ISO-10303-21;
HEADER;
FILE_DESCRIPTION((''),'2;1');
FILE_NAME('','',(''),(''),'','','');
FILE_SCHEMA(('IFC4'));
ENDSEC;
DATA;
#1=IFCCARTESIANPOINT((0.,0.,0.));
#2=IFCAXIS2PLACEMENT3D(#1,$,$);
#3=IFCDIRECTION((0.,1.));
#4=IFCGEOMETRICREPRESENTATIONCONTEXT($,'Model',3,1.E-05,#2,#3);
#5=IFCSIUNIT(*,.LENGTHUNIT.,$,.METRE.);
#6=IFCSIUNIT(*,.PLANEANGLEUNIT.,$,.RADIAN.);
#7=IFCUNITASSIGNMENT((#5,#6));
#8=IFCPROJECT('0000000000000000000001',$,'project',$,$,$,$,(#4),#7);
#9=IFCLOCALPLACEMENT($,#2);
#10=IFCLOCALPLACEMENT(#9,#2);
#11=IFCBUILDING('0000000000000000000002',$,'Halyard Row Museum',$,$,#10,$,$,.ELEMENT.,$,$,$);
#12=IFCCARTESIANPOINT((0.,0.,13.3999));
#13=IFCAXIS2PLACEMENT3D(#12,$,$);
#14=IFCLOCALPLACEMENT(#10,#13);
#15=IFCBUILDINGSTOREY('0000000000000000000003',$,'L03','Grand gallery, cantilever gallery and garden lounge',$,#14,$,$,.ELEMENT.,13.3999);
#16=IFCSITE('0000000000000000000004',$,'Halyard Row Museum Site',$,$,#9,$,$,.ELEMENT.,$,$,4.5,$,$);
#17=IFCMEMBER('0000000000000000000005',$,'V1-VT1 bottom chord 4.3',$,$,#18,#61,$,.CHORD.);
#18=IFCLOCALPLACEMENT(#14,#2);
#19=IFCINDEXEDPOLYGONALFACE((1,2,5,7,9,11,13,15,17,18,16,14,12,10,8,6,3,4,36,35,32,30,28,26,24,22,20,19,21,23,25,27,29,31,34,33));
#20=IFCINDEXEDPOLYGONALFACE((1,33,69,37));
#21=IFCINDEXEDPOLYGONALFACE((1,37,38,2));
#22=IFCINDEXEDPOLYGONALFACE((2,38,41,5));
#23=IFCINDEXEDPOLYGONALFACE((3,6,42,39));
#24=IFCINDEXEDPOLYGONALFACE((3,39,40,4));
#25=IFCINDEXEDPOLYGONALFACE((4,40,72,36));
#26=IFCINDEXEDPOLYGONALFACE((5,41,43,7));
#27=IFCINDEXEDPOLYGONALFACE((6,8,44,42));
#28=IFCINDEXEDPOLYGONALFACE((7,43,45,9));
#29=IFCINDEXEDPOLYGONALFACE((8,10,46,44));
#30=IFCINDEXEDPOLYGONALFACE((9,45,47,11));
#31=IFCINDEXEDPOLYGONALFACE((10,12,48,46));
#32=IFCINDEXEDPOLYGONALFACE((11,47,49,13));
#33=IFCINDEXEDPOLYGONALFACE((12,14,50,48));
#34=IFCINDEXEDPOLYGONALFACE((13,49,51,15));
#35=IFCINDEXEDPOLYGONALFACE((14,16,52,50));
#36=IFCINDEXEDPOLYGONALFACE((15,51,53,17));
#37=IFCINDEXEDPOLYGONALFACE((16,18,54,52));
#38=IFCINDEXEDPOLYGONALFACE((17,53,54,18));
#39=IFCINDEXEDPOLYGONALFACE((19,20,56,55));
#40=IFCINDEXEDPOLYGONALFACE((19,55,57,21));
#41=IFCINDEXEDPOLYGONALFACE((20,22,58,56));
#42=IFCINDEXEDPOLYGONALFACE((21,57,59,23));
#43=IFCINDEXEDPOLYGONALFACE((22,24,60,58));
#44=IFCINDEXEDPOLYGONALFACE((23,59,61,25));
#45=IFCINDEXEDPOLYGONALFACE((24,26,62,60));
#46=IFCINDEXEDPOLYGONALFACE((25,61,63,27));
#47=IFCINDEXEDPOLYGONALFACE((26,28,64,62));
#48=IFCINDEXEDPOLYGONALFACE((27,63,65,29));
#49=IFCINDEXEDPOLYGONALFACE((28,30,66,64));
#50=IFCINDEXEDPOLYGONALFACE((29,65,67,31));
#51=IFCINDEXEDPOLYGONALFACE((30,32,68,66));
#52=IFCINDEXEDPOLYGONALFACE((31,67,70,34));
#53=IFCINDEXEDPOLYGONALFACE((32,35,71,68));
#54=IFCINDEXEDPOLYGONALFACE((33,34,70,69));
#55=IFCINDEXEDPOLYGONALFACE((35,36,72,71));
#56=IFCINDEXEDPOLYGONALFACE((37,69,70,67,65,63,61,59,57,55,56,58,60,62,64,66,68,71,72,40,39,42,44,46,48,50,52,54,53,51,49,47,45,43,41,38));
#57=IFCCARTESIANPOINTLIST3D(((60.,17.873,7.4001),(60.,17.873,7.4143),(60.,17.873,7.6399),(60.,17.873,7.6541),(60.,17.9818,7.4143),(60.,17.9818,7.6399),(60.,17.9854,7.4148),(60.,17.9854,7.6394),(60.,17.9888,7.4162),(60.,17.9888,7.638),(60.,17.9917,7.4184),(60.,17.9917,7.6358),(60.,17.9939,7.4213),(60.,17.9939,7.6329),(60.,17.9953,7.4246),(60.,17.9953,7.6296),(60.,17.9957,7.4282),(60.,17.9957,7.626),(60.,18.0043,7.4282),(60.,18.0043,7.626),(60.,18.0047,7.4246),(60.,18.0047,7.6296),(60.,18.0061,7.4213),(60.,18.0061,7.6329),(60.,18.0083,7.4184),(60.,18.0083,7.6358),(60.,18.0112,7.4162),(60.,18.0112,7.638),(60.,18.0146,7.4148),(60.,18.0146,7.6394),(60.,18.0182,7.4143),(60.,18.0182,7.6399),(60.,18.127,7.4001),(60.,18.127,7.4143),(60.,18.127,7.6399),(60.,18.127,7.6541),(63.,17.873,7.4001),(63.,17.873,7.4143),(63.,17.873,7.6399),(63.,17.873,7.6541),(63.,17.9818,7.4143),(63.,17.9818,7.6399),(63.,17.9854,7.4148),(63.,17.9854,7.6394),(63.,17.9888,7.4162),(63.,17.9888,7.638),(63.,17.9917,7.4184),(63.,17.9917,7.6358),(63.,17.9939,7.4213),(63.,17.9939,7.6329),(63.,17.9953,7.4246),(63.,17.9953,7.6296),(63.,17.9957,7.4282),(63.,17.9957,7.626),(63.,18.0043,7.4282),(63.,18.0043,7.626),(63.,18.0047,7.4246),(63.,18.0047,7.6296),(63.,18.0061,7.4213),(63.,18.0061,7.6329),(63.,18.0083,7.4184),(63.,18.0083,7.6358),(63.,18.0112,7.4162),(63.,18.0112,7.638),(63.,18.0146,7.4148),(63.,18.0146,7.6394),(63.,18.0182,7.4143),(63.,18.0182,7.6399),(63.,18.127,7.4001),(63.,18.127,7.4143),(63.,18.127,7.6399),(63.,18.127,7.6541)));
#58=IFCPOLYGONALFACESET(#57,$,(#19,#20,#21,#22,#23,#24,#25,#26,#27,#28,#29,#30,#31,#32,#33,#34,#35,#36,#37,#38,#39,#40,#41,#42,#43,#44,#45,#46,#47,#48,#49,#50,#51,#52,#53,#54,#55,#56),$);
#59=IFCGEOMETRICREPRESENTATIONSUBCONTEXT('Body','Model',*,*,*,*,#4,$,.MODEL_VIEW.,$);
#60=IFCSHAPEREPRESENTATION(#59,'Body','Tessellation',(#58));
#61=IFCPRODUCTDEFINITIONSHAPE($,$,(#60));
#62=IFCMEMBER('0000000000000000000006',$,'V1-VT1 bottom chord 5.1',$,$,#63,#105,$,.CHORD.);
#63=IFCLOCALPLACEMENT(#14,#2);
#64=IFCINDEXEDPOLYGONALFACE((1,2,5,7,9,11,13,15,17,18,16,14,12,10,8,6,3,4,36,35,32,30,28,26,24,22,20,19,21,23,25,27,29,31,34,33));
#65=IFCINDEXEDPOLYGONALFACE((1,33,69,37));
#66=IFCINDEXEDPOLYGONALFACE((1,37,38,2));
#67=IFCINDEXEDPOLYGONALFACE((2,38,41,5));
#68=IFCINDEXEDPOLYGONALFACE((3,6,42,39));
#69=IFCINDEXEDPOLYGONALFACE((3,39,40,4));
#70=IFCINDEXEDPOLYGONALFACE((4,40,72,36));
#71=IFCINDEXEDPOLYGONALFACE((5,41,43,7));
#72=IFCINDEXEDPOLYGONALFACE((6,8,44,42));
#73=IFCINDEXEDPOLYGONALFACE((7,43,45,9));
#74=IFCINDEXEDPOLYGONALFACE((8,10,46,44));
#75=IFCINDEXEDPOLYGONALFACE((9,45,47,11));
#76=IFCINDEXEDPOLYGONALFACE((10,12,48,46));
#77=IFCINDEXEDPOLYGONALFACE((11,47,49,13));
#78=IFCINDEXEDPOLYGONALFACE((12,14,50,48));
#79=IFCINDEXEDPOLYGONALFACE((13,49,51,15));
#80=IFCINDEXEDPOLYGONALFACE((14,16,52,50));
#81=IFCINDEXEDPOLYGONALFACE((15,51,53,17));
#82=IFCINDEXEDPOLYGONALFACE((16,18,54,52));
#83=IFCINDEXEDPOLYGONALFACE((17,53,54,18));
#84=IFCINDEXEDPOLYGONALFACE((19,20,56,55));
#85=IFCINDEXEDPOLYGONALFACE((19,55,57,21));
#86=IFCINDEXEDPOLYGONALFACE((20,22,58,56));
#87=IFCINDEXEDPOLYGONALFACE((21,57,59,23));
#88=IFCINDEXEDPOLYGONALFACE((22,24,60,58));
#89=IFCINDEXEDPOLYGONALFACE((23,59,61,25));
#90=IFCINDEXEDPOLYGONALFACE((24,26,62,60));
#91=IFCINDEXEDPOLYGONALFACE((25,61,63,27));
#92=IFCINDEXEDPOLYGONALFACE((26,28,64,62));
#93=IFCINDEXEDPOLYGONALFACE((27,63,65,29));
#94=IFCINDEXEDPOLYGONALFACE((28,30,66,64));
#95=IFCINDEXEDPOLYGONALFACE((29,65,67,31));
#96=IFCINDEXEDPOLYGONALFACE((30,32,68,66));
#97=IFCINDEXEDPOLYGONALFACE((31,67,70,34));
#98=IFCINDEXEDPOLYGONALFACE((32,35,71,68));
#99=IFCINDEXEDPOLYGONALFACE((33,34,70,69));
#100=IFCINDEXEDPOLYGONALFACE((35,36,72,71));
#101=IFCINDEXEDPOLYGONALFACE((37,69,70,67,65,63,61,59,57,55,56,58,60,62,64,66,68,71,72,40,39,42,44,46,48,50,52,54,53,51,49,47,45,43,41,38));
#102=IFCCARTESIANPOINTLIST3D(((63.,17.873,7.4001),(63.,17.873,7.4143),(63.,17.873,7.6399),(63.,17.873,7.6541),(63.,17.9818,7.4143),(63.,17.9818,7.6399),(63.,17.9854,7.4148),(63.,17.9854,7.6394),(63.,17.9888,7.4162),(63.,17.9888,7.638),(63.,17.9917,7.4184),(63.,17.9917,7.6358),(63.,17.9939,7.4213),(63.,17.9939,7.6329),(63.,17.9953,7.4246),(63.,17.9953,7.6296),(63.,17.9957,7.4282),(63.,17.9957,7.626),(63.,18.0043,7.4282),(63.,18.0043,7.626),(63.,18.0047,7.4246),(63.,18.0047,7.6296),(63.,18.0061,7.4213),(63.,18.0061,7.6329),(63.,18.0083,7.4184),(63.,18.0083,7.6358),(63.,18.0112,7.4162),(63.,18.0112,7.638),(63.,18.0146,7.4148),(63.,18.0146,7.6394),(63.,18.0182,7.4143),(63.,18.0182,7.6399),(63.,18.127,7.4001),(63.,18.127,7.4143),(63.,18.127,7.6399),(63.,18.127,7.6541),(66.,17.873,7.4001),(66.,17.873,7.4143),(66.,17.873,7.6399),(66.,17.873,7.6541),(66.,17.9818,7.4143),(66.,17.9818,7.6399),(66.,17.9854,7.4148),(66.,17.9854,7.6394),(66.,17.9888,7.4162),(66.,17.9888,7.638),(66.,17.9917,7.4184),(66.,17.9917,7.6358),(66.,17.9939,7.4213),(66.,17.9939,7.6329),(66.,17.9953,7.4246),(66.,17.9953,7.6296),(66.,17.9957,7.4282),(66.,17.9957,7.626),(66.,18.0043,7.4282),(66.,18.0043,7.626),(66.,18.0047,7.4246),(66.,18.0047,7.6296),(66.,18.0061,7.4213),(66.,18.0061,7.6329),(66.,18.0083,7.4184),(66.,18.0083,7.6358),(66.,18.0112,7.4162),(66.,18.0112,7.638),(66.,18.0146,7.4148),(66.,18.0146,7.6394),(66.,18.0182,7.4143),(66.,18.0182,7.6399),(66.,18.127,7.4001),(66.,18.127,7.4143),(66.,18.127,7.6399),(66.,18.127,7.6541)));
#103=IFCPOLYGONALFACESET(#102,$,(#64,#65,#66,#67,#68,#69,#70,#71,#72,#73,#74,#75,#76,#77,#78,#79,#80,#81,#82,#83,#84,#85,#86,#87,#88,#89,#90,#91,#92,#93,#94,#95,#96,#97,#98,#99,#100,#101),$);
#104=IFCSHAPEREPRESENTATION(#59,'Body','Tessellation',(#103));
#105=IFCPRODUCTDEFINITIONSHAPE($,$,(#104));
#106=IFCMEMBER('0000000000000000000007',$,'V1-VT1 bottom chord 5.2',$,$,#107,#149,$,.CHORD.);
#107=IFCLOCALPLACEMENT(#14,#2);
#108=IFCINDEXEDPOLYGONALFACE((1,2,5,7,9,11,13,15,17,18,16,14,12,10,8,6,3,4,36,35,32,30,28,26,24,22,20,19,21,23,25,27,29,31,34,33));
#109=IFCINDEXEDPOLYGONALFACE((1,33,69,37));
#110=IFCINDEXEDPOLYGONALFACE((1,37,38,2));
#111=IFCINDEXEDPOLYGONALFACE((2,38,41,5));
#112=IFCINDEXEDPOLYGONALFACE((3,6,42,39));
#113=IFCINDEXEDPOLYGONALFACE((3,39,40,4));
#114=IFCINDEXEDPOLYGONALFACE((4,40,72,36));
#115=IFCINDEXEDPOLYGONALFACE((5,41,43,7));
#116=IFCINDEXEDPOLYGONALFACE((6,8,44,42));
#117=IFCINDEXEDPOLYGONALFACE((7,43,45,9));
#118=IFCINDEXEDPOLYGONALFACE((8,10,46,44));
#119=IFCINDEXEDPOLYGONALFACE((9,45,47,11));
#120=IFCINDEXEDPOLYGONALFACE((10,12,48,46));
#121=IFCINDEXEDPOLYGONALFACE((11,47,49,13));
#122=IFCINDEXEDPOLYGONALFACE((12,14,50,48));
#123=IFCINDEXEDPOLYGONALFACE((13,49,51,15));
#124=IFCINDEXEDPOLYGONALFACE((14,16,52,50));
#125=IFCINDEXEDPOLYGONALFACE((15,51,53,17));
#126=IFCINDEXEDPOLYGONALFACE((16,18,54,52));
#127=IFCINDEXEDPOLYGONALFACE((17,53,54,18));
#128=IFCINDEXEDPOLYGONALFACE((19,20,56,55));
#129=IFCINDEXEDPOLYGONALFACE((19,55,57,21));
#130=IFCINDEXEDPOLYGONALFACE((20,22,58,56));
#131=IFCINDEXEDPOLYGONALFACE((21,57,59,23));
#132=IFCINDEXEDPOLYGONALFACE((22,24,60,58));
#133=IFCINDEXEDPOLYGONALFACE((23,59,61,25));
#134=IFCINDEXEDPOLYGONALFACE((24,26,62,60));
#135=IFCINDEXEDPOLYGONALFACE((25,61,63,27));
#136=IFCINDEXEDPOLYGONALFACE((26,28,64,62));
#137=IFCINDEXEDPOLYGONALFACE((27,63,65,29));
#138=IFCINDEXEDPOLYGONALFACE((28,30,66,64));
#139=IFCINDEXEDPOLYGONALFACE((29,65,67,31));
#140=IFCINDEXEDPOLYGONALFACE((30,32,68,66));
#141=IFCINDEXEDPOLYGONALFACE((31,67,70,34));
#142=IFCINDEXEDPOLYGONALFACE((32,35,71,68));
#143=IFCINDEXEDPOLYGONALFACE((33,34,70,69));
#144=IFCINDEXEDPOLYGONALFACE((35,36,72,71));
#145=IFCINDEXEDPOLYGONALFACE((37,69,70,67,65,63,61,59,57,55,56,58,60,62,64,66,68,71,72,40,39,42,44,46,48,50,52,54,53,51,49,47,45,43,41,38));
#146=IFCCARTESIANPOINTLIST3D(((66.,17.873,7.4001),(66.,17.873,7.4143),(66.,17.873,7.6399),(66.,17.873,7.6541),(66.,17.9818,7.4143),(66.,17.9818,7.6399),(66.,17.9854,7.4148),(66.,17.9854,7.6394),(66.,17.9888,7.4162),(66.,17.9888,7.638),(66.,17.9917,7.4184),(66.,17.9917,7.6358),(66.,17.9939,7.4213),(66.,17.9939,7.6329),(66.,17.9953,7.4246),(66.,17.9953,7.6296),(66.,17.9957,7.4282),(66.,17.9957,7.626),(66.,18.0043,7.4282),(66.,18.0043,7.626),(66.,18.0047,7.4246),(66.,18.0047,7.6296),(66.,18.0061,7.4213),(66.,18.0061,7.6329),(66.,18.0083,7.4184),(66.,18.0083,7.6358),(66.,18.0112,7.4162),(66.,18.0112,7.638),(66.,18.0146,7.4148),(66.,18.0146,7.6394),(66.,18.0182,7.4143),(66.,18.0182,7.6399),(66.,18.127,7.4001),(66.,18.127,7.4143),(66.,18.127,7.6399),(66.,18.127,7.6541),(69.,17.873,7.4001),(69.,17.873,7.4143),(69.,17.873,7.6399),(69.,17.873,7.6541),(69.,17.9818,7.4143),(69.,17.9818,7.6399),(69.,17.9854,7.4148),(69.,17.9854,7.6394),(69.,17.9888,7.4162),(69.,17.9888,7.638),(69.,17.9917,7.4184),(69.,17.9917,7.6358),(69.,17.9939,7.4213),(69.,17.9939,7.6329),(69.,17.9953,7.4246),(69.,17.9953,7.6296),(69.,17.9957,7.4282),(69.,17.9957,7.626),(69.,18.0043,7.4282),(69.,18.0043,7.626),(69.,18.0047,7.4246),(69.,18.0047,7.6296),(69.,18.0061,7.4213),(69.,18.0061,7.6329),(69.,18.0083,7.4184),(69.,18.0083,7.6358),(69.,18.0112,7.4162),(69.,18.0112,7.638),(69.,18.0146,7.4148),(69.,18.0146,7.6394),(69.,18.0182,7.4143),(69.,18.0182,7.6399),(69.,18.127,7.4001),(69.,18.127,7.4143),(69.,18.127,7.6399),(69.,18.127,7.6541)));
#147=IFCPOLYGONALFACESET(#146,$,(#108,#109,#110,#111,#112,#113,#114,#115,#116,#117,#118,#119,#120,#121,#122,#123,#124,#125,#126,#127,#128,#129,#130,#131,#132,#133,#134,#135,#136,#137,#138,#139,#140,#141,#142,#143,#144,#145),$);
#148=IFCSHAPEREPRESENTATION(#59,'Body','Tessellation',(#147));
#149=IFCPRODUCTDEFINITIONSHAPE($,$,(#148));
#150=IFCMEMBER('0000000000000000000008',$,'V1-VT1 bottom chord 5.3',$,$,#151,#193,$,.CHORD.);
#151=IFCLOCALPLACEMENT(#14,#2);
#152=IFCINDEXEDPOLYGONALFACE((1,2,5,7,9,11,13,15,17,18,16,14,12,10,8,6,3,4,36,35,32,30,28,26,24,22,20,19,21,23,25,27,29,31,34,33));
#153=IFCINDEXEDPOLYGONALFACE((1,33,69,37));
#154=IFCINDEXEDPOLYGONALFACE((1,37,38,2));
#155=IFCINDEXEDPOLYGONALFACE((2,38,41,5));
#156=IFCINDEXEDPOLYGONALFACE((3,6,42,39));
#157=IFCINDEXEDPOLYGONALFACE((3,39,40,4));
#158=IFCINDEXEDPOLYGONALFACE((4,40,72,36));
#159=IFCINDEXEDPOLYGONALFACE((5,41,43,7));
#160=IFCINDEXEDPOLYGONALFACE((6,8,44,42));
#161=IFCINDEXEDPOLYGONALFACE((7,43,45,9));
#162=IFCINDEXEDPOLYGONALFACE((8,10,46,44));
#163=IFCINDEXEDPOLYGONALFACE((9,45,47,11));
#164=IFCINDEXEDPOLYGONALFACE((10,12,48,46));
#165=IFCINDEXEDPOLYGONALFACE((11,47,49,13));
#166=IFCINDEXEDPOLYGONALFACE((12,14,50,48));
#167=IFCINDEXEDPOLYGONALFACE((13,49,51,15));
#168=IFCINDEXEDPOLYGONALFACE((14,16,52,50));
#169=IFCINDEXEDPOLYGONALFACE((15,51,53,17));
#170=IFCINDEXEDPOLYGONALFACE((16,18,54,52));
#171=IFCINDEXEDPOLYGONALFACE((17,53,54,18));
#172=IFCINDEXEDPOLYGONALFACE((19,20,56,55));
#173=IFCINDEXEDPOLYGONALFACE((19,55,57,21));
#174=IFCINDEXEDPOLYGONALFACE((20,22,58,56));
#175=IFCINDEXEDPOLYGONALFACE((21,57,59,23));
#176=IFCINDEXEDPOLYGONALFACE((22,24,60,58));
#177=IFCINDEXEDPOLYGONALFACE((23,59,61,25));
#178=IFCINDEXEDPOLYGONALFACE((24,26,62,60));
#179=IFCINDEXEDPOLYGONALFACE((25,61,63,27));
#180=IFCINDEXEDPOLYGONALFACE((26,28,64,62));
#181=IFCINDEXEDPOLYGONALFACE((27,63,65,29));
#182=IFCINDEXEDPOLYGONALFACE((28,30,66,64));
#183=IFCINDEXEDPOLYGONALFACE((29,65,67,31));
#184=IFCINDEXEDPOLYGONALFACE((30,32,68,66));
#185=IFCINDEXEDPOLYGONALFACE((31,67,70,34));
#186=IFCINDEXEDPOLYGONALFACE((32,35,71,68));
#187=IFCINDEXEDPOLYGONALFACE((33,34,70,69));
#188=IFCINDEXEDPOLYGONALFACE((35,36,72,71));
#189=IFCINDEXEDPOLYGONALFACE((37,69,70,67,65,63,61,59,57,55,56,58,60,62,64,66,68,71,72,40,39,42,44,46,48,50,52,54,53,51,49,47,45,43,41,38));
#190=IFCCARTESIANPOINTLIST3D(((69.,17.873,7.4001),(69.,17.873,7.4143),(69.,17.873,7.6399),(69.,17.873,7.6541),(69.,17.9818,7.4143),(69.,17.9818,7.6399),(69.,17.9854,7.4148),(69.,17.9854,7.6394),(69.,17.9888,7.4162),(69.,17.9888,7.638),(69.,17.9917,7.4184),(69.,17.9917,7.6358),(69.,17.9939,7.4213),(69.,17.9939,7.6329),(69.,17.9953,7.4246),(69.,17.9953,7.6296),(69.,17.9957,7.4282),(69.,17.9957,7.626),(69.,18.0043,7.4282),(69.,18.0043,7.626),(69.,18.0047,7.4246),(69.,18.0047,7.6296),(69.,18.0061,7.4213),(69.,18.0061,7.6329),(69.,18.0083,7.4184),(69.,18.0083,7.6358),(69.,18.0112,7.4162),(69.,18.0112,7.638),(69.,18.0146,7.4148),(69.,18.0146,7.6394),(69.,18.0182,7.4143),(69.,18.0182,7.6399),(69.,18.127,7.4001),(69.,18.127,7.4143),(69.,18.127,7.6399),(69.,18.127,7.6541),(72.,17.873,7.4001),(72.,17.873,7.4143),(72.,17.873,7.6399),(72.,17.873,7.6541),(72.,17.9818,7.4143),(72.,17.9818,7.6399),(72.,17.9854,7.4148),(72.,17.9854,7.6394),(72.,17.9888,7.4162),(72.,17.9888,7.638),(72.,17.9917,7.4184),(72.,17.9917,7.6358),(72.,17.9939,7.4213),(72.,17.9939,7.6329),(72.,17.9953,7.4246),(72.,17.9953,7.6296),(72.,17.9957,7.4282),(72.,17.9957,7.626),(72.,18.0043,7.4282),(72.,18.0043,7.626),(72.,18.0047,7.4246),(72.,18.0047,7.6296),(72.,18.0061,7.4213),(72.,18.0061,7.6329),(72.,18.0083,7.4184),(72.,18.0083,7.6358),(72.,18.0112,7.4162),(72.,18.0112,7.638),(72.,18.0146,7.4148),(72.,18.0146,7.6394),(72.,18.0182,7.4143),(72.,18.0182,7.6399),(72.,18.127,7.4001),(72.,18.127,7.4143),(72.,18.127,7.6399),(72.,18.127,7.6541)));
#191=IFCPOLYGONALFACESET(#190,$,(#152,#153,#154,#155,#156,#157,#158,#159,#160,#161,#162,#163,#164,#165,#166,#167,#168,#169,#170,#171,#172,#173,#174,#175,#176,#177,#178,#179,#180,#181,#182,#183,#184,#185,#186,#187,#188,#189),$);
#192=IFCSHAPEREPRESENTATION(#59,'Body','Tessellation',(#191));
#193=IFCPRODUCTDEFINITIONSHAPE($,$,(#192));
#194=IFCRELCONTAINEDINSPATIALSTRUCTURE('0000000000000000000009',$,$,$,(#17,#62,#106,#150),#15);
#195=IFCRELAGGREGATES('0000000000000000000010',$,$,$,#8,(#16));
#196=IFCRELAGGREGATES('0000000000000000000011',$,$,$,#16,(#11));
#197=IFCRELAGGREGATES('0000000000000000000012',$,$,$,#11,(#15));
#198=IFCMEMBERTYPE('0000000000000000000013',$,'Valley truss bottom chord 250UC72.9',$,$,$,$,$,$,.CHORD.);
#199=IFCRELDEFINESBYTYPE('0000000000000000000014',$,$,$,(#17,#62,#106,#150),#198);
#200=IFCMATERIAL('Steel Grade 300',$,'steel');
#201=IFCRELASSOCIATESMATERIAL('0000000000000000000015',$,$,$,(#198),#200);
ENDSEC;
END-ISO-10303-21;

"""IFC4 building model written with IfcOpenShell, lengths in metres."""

from ifc_helpers import new_model, si_unit, direction, frame, origin, origin_2d, place, context, subcontext, project, spatial, i_section, extrude, material, material_profile, profile_set, type_object, element, save


model = new_model("IFC4")

# Units and contexts
model_context = context("Model", 3, precision=1e-05, world=origin(), true_north=direction((0.0, 1.0)))
body_context = subcontext(model_context, "Body", "Model", "MODEL_VIEW")
ifc_project = project(units=[si_unit("LENGTHUNIT", "METRE"), si_unit("PLANEANGLEUNIT", "RADIAN")], contexts=[model_context])

# Site, building, storey
site_placement = place(None, origin())
site = spatial("IfcSite", under=ifc_project, at=site_placement, Name="Halyard Row Museum Site", CompositionType="ELEMENT", RefElevation=4.5)
building_placement = place(site_placement, origin())
building = spatial("IfcBuilding", under=site, at=building_placement, Name="Halyard Row Museum", CompositionType="ELEMENT")
storey_placement = place(building_placement, frame((0.0, 0.0, 13.3999)))
storey = spatial("IfcBuildingStorey", under=building, at=storey_placement, Name="L03", Description="Grand gallery, cantilever gallery and garden lounge", CompositionType="ELEMENT", Elevation=13.3999)

# Members
ifc_material_1 = material(Name="Steel Grade 300", Category="steel")
ifc_material_profile_1 = material_profile(ifc_material_1, i_section(OverallWidth=0.2539, OverallDepth=0.2539, WebThickness=0.0085, FlangeThickness=0.0142, FilletRadius=0.0139, at=origin_2d()), Name="250UC72.9")
ifc_profile_set_1 = profile_set([ifc_material_profile_1], Name="Steel Grade 300")
member_type_1 = type_object("IfcMemberType", Name="Valley truss bottom chord 250UC72.9", PredefinedType="CHORD", material=ifc_profile_set_1)
for number, where, z_axis, x_axis, name in (
    (1, (60.0, 18.0, 7.5271), (1.0, 0.0, 0.0), (0.0, 1.0, 0.0), "V1-VT1 bottom chord 4.3"),
    (2, (63.0, 18.0, 7.5271), (1.0, 0.0, 0.0), (0.0, 1.0, 0.0), "V1-VT1 bottom chord 5.1"),
    (3, (66.0, 18.0, 7.5271), (1.0, 0.0, 0.0), (0.0, 1.0, 0.0), "V1-VT1 bottom chord 5.2"),
    (4, (69.0, 18.0, 7.5271), (1.0, 0.0, 0.0), (0.0, 1.0, 0.0), "V1-VT1 bottom chord 5.3"),
):
    element("IfcMember", number, at=place(storey_placement, frame(where, z_axis=z_axis, x_axis=x_axis)), inside=storey, type_object=member_type_1, Name=name, PredefinedType="CHORD", context=body_context, shape_type="SweptSolid", body=[
        extrude(i_section(OverallWidth=0.2539, OverallDepth=0.2539, WebThickness=0.0085, FlangeThickness=0.0142, FilletRadius=0.0139, at=origin_2d()), origin(), (0.0, 0.0, 1.0), 3.0),
    ])

save(model, "model.ifc")
